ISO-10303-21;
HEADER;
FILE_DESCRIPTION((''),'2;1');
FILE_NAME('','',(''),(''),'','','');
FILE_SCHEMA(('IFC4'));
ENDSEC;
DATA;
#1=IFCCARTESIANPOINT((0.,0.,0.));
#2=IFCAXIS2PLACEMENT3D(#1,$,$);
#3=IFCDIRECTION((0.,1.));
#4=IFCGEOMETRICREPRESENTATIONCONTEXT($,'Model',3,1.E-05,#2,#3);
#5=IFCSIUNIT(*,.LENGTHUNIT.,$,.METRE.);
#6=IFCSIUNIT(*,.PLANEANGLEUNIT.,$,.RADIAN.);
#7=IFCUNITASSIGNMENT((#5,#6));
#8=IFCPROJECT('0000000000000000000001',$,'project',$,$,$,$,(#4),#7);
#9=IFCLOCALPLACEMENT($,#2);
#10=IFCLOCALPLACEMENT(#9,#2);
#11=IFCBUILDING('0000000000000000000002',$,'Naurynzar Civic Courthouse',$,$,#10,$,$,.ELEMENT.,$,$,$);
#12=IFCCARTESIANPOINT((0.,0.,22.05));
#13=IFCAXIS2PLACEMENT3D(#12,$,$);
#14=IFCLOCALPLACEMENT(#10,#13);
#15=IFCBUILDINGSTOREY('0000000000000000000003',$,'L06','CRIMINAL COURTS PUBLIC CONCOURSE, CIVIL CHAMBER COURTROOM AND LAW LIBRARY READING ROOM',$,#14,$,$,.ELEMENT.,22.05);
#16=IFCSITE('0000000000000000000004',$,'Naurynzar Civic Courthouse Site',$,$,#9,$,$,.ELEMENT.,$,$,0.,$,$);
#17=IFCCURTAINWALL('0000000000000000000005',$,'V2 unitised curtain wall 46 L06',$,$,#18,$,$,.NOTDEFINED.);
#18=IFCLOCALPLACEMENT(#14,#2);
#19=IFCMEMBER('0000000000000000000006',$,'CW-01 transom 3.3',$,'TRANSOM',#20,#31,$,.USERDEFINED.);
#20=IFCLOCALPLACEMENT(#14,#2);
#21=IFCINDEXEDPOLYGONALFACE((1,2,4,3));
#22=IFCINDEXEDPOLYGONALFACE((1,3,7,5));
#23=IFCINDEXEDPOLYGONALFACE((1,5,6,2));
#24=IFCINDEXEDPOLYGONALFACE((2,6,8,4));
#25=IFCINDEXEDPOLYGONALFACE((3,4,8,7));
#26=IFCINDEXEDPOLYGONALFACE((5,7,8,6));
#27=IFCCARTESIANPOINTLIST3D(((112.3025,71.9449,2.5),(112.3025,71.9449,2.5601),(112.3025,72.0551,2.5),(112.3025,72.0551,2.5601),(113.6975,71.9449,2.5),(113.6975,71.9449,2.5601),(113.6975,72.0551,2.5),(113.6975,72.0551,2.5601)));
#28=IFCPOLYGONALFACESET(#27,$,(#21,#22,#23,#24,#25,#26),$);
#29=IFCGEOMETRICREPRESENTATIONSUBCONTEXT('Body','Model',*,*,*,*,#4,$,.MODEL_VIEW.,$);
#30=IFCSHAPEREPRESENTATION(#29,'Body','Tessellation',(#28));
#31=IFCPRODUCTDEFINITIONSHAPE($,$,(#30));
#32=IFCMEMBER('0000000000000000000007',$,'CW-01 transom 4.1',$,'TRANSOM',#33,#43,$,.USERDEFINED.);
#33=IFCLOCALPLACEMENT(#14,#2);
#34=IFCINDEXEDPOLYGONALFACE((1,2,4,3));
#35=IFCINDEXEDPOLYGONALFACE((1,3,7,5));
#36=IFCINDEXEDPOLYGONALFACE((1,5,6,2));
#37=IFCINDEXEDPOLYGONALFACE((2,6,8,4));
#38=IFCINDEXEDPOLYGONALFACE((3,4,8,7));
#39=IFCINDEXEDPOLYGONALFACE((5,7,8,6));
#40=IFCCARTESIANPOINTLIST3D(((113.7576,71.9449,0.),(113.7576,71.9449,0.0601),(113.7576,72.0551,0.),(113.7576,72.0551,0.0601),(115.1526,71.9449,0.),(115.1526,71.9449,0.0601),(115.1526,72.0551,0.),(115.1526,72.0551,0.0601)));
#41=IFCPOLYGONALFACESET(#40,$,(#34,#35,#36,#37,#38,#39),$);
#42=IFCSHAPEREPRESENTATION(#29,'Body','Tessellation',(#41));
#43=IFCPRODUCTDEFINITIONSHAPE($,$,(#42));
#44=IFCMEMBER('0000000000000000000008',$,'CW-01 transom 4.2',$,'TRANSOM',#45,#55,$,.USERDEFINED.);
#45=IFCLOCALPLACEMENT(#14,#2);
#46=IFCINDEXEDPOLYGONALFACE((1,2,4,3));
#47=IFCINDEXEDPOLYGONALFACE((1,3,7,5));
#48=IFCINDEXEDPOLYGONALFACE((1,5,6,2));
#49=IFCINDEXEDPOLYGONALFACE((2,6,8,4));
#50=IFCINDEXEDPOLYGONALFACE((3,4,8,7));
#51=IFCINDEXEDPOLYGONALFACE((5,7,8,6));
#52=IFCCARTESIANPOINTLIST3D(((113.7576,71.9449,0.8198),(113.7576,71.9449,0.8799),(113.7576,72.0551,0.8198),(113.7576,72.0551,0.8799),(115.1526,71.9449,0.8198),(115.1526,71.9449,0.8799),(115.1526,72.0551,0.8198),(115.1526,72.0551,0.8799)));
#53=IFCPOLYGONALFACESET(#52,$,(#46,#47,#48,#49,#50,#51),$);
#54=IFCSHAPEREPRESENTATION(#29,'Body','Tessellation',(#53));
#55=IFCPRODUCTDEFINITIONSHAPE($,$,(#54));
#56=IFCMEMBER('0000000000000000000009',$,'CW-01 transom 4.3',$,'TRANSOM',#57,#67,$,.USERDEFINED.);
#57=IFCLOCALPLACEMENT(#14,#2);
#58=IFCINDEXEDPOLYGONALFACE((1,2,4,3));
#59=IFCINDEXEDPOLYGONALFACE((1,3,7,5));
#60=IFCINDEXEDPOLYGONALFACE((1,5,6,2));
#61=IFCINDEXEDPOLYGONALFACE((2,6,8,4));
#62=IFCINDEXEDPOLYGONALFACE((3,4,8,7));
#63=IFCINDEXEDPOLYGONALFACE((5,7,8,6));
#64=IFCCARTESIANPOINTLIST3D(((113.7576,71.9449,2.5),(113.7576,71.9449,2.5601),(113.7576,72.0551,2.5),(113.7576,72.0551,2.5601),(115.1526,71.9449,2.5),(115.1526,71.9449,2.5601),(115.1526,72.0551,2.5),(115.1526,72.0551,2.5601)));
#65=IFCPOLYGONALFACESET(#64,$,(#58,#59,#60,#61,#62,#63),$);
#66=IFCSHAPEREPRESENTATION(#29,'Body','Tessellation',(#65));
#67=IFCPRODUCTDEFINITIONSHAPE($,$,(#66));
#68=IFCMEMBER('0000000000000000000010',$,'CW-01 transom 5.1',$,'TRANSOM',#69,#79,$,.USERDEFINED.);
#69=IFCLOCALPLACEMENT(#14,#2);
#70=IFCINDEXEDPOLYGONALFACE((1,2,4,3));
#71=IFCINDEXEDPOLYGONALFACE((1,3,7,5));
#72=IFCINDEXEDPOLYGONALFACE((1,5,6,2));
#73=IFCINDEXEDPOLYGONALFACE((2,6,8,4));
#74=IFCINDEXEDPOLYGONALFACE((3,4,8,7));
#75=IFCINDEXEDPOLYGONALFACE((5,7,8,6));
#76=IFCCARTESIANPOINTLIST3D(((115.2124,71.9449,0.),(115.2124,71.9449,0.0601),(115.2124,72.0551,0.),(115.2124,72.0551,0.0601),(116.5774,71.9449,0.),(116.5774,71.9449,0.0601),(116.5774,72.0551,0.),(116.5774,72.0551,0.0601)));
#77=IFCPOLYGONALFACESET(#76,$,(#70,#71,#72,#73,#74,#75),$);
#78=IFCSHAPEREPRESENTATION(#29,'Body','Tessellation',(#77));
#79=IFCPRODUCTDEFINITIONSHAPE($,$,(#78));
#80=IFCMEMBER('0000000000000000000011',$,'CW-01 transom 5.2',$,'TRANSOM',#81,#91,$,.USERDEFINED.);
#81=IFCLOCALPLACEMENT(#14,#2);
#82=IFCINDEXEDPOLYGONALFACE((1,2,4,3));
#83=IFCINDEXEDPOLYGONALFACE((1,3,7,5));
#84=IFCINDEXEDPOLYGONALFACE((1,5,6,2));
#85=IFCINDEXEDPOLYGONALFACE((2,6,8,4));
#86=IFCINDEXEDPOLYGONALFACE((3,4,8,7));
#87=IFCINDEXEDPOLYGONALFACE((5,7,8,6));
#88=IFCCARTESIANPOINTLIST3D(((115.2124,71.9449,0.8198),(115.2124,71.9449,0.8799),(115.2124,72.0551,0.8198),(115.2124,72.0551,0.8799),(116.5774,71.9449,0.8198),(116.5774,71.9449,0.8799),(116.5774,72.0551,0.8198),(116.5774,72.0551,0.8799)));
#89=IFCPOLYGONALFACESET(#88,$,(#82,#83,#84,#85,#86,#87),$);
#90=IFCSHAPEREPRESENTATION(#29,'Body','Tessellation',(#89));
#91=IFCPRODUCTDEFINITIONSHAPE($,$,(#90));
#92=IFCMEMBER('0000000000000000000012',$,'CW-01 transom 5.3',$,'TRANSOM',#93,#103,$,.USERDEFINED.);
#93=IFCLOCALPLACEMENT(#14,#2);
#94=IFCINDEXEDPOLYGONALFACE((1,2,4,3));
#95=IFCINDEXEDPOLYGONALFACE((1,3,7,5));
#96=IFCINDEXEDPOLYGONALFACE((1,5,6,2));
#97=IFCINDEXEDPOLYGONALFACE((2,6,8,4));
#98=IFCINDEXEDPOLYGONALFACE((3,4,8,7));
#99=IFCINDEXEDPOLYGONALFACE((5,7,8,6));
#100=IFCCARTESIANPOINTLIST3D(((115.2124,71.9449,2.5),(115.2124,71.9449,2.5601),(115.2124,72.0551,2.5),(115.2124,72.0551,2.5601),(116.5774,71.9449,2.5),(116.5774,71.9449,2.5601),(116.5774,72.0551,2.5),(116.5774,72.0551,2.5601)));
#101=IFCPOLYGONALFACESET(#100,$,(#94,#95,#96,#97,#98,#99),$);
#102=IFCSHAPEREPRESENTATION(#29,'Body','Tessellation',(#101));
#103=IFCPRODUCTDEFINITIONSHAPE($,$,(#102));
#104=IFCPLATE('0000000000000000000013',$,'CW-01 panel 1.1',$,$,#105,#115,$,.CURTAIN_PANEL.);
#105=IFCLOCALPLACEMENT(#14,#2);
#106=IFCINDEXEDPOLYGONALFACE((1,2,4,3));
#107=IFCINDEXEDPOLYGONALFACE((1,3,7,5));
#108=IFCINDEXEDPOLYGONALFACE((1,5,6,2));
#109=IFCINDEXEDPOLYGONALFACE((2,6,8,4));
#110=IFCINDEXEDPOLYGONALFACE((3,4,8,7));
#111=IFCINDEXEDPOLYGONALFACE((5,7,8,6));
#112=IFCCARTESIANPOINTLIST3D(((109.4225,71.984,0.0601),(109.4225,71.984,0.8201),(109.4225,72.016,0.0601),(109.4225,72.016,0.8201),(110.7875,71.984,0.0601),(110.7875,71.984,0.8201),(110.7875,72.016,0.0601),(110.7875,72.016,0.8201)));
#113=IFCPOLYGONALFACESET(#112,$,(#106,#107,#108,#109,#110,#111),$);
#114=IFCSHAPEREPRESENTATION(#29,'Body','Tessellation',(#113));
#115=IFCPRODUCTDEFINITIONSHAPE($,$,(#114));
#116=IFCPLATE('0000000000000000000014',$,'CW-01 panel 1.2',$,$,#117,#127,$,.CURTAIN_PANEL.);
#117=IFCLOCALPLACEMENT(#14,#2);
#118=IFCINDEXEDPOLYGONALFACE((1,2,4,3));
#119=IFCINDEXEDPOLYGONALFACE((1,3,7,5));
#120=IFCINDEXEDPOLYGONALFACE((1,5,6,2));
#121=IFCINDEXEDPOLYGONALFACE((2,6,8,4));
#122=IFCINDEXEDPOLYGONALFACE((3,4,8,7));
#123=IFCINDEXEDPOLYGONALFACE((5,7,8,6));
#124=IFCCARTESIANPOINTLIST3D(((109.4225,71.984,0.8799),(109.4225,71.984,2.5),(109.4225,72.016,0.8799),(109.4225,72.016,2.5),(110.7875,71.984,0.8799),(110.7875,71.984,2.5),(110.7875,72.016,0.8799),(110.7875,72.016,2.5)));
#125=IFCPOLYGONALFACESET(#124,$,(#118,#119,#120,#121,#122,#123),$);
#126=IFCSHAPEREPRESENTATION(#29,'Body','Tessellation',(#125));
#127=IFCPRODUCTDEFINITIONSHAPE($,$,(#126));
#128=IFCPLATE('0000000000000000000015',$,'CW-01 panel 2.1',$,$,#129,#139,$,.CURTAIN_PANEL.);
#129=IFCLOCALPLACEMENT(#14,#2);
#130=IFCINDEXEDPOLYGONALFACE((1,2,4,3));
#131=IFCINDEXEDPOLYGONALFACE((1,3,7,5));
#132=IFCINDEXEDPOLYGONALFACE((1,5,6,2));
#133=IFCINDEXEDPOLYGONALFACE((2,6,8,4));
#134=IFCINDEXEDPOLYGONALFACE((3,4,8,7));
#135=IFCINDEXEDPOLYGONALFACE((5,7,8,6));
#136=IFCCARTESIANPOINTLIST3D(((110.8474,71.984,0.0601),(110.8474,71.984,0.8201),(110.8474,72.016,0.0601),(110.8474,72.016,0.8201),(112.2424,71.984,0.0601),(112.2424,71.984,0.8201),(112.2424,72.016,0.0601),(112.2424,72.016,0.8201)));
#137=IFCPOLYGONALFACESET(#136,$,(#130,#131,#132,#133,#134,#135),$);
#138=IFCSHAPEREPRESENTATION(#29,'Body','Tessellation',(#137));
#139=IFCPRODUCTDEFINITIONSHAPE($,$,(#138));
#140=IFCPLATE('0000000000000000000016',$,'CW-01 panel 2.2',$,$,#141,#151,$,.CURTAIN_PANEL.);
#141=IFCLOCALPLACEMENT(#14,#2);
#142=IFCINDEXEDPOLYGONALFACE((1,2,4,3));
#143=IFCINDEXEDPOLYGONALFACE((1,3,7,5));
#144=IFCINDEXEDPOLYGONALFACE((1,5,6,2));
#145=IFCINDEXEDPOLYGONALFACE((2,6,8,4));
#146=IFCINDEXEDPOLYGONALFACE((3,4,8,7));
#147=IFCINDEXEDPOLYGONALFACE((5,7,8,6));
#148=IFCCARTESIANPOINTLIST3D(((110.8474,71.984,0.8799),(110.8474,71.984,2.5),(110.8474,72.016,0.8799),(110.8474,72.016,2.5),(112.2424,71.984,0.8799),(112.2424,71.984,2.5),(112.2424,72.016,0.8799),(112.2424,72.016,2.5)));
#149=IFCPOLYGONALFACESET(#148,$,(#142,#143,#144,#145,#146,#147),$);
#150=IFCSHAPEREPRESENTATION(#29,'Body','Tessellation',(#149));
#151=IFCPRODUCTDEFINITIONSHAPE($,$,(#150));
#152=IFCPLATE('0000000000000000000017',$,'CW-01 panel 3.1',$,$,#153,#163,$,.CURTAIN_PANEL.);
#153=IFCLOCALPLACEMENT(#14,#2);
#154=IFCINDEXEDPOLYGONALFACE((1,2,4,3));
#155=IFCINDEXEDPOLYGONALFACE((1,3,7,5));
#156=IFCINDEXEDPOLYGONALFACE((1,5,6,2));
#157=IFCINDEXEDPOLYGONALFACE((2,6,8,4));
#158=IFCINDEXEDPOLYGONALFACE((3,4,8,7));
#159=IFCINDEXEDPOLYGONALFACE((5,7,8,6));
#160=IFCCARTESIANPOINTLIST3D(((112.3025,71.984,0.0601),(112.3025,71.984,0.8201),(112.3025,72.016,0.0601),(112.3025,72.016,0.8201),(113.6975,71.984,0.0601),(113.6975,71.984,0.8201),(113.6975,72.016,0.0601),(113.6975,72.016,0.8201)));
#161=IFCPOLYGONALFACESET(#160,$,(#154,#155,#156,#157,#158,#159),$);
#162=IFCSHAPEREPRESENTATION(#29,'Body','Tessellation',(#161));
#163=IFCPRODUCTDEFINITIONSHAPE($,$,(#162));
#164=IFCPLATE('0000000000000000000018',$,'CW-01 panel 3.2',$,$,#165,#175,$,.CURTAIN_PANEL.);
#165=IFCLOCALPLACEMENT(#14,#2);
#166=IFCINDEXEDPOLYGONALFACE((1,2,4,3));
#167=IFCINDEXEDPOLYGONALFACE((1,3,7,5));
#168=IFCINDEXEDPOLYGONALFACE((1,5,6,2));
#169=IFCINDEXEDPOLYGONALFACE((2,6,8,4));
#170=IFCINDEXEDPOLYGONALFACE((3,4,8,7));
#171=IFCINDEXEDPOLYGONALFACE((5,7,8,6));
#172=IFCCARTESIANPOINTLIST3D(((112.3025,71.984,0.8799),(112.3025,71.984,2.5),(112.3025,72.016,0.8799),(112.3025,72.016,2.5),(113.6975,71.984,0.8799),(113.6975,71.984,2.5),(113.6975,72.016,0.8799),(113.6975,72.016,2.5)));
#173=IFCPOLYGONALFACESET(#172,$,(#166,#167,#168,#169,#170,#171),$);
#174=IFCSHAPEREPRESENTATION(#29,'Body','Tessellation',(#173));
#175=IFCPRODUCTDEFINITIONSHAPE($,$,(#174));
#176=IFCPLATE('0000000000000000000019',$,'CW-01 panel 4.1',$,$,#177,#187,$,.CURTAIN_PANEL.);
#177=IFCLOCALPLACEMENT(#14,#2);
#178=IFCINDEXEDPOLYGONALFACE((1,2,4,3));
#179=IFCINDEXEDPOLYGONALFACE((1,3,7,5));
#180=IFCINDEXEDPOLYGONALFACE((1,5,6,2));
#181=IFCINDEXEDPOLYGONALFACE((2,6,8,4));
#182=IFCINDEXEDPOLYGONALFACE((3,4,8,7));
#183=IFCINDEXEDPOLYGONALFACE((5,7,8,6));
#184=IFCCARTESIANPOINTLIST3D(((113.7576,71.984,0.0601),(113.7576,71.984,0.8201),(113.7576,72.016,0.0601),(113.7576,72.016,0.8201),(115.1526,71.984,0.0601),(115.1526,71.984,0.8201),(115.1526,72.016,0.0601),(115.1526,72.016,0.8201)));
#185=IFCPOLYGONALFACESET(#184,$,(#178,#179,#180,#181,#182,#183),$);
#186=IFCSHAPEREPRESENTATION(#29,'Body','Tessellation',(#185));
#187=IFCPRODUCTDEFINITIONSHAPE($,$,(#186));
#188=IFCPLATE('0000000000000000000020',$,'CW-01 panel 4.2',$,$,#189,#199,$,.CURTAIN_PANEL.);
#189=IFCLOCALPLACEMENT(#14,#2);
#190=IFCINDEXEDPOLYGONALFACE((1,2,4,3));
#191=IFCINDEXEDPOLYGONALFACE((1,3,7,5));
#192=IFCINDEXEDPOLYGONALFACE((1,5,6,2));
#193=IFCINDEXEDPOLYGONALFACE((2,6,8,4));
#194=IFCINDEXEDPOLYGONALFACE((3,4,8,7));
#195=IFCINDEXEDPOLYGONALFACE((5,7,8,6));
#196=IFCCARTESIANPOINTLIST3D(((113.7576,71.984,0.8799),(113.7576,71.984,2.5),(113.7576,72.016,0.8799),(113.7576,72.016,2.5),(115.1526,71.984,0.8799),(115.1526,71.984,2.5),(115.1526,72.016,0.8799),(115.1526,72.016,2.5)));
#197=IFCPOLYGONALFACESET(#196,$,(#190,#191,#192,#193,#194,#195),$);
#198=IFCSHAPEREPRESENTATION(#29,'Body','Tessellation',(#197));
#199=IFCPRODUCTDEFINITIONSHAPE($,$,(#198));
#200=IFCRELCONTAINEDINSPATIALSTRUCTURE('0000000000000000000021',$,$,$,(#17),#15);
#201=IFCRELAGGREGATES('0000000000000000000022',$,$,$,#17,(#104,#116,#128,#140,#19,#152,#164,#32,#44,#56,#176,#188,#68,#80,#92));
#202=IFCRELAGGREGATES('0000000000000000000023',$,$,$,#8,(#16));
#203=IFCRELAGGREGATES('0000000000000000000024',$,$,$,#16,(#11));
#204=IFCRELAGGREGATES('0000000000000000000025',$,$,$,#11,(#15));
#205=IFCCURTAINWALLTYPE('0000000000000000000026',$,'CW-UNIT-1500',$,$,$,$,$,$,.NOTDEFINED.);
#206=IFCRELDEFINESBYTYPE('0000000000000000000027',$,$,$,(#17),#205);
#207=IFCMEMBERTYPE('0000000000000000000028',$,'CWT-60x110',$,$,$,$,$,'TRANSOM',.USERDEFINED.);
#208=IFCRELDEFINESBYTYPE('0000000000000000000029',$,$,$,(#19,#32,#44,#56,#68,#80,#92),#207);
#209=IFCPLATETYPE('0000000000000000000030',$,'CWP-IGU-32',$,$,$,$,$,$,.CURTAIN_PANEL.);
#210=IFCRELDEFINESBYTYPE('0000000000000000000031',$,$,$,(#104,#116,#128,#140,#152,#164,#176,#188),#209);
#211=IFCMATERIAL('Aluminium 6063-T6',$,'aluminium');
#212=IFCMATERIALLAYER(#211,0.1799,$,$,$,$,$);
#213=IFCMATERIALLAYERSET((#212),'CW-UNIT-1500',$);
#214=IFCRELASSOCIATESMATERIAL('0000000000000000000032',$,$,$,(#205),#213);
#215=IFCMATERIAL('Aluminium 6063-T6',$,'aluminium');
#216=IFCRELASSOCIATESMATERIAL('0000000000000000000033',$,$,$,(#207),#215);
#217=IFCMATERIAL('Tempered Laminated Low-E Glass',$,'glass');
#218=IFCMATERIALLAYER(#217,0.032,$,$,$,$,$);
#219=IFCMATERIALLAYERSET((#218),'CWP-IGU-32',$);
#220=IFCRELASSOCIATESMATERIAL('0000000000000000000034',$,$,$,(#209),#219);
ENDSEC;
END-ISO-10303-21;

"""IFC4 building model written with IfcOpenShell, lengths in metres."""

from ifc_helpers import new_model, si_unit, direction, frame, origin, origin_2d, place, context, subcontext, project, spatial, rectangle, extrude, material, layer, layer_set, material_profile, profile_set, type_object, element, aggregate, save


model = new_model("IFC4")

# Units and contexts
model_context = context("Model", 3, precision=1e-05, world=origin(), true_north=direction((0.0, 1.0)))
body_context = subcontext(model_context, "Body", "Model", "MODEL_VIEW")
ifc_project = project(units=[si_unit("LENGTHUNIT", "METRE"), si_unit("PLANEANGLEUNIT", "RADIAN")], contexts=[model_context])

# Site, building, storey
site_placement = place(None, origin())
site = spatial("IfcSite", under=ifc_project, at=site_placement, Name="Naurynzar Civic Courthouse Site", CompositionType="ELEMENT", RefElevation=0.0)
building_placement = place(site_placement, origin())
building = spatial("IfcBuilding", under=site, at=building_placement, Name="Naurynzar Civic Courthouse", CompositionType="ELEMENT")
storey_placement = place(building_placement, frame((0.0, 0.0, 22.05)))
storey = spatial("IfcBuildingStorey", under=building, at=storey_placement, Name="L06", Description="CRIMINAL COURTS PUBLIC CONCOURSE, CIVIL CHAMBER COURTROOM AND LAW LIBRARY READING ROOM", CompositionType="ELEMENT", Elevation=22.05)

# Curtain wall, members, plates
ifc_material_1 = material(Name="Aluminium 6063-T6", Category="aluminium")
ifc_layer_1 = layer(ifc_material_1, 0.1799)
ifc_layer_set_1 = layer_set([ifc_layer_1], Name="CW-UNIT-1500")
curtain_wall_type = type_object("IfcCurtainWallType", Name="CW-UNIT-1500", PredefinedType="NOTDEFINED", material=ifc_layer_set_1)
curtain_wall_placement = place(storey_placement, origin())
curtain_wall = element("IfcCurtainWall", 1, at=curtain_wall_placement, inside=storey, type_object=curtain_wall_type, Name="V2 unitised curtain wall 46 L06", PredefinedType="NOTDEFINED")
ifc_material_2 = material(Name="Aluminium 6063-T6", Category="aluminium")
ifc_material_profile_1 = material_profile(ifc_material_2, rectangle(XDim=0.1101, YDim=0.0601, at=origin_2d()), Name="ALU TRANSOM 60x110")
ifc_profile_set_1 = profile_set([ifc_material_profile_1], Name="Aluminium 6063-T6")
member_type_1 = type_object("IfcMemberType", Name="CWT-60x110", ElementType="TRANSOM", PredefinedType="USERDEFINED", material=ifc_profile_set_1)
member_1_placement = place(storey_placement, frame((112.3025, 72.0, 2.53), z_axis=(1.0, 0.0, 0.0), x_axis=(0.0, 1.0, 0.0)))
member_1 = element("IfcMember", 2, at=member_1_placement, type_object=member_type_1, Name="CW-01 transom 3.3", ObjectType="TRANSOM", PredefinedType="USERDEFINED", context=body_context, shape_type="SweptSolid", body=[
    extrude(rectangle(XDim=0.1101, YDim=0.0601, at=origin_2d()), origin(), (0.0, 0.0, 1.0), 1.395),
])
member_2_placement = place(storey_placement, frame((113.7576, 72.0, 0.03), z_axis=(1.0, 0.0, 0.0), x_axis=(0.0, 1.0, 0.0)))
member_2 = element("IfcMember", 3, at=member_2_placement, type_object=member_type_1, Name="CW-01 transom 4.1", ObjectType="TRANSOM", PredefinedType="USERDEFINED", context=body_context, shape_type="SweptSolid", body=[
    extrude(rectangle(XDim=0.1101, YDim=0.0601, at=origin_2d()), origin(), (0.0, 0.0, 1.0), 1.395),
])
member_3_placement = place(storey_placement, frame((113.7576, 72.0, 0.8499), z_axis=(1.0, 0.0, 0.0), x_axis=(0.0, 1.0, 0.0)))
member_3 = element("IfcMember", 4, at=member_3_placement, type_object=member_type_1, Name="CW-01 transom 4.2", ObjectType="TRANSOM", PredefinedType="USERDEFINED", context=body_context, shape_type="SweptSolid", body=[
    extrude(rectangle(XDim=0.1101, YDim=0.0601, at=origin_2d()), origin(), (0.0, 0.0, 1.0), 1.395),
])
member_4_placement = place(storey_placement, frame((113.7576, 72.0, 2.53), z_axis=(1.0, 0.0, 0.0), x_axis=(0.0, 1.0, 0.0)))
member_4 = element("IfcMember", 5, at=member_4_placement, type_object=member_type_1, Name="CW-01 transom 4.3", ObjectType="TRANSOM", PredefinedType="USERDEFINED", context=body_context, shape_type="SweptSolid", body=[
    extrude(rectangle(XDim=0.1101, YDim=0.0601, at=origin_2d()), origin(), (0.0, 0.0, 1.0), 1.395),
])
member_5_placement = place(storey_placement, frame((115.2124, 72.0, 0.03), z_axis=(1.0, 0.0, 0.0), x_axis=(0.0, 1.0, 0.0)))
member_5 = element("IfcMember", 6, at=member_5_placement, type_object=member_type_1, Name="CW-01 transom 5.1", ObjectType="TRANSOM", PredefinedType="USERDEFINED", context=body_context, shape_type="SweptSolid", body=[
    extrude(rectangle(XDim=0.1101, YDim=0.0601, at=origin_2d()), origin(), (0.0, 0.0, 1.0), 1.365),
])
member_6_placement = place(storey_placement, frame((115.2124, 72.0, 0.8499), z_axis=(1.0, 0.0, 0.0), x_axis=(0.0, 1.0, 0.0)))
member_6 = element("IfcMember", 7, at=member_6_placement, type_object=member_type_1, Name="CW-01 transom 5.2", ObjectType="TRANSOM", PredefinedType="USERDEFINED", context=body_context, shape_type="SweptSolid", body=[
    extrude(rectangle(XDim=0.1101, YDim=0.0601, at=origin_2d()), origin(), (0.0, 0.0, 1.0), 1.365),
])
member_7_placement = place(storey_placement, frame((115.2124, 72.0, 2.53), z_axis=(1.0, 0.0, 0.0), x_axis=(0.0, 1.0, 0.0)))
member_7 = element("IfcMember", 8, at=member_7_placement, type_object=member_type_1, Name="CW-01 transom 5.3", ObjectType="TRANSOM", PredefinedType="USERDEFINED", context=body_context, shape_type="SweptSolid", body=[
    extrude(rectangle(XDim=0.1101, YDim=0.0601, at=origin_2d()), origin(), (0.0, 0.0, 1.0), 1.365),
])
ifc_material_3 = material(Name="Tempered Laminated Low-E Glass", Category="glass")
ifc_layer_2 = layer(ifc_material_3, 0.032)
ifc_layer_set_2 = layer_set([ifc_layer_2], Name="CWP-IGU-32")
plate_type = type_object("IfcPlateType", Name="CWP-IGU-32", PredefinedType="CURTAIN_PANEL", material=ifc_layer_set_2)
plate_1_placement = place(storey_placement, frame((110.105, 72.0, 0.0601), z_axis=(0.0, 0.0, 1.0), x_axis=(1.0, 0.0, 0.0)))
plate_1 = element("IfcPlate", 9, at=plate_1_placement, type_object=plate_type, Name="CW-01 panel 1.1", PredefinedType="CURTAIN_PANEL", context=body_context, shape_type="SweptSolid", body=[
    extrude(rectangle(XDim=1.365, YDim=0.032, at=origin_2d()), origin(), (0.0, 0.0, 1.0), 0.76),
])
plate_2_placement = place(storey_placement, frame((110.105, 72.0, 0.8799), z_axis=(0.0, 0.0, 1.0), x_axis=(1.0, 0.0, 0.0)))
plate_2 = element("IfcPlate", 10, at=plate_2_placement, type_object=plate_type, Name="CW-01 panel 1.2", PredefinedType="CURTAIN_PANEL", context=body_context, shape_type="SweptSolid", body=[
    extrude(rectangle(XDim=1.365, YDim=0.032, at=origin_2d()), origin(), (0.0, 0.0, 1.0), 1.6201),
])
plate_3_placement = place(storey_placement, frame((111.5449, 72.0, 0.0601), z_axis=(0.0, 0.0, 1.0), x_axis=(1.0, 0.0, 0.0)))
plate_3 = element("IfcPlate", 11, at=plate_3_placement, type_object=plate_type, Name="CW-01 panel 2.1", PredefinedType="CURTAIN_PANEL", context=body_context, shape_type="SweptSolid", body=[
    extrude(rectangle(XDim=1.395, YDim=0.032, at=origin_2d()), origin(), (0.0, 0.0, 1.0), 0.76),
])
plate_4_placement = place(storey_placement, frame((111.5449, 72.0, 0.8799), z_axis=(0.0, 0.0, 1.0), x_axis=(1.0, 0.0, 0.0)))
plate_4 = element("IfcPlate", 12, at=plate_4_placement, type_object=plate_type, Name="CW-01 panel 2.2", PredefinedType="CURTAIN_PANEL", context=body_context, shape_type="SweptSolid", body=[
    extrude(rectangle(XDim=1.395, YDim=0.032, at=origin_2d()), origin(), (0.0, 0.0, 1.0), 1.6201),
])
plate_5_placement = place(storey_placement, frame((113.0, 72.0, 0.0601), z_axis=(0.0, 0.0, 1.0), x_axis=(1.0, 0.0, 0.0)))
plate_5 = element("IfcPlate", 13, at=plate_5_placement, type_object=plate_type, Name="CW-01 panel 3.1", PredefinedType="CURTAIN_PANEL", context=body_context, shape_type="SweptSolid", body=[
    extrude(rectangle(XDim=1.395, YDim=0.032, at=origin_2d()), origin(), (0.0, 0.0, 1.0), 0.76),
])
plate_6_placement = place(storey_placement, frame((113.0, 72.0, 0.8799), z_axis=(0.0, 0.0, 1.0), x_axis=(1.0, 0.0, 0.0)))
plate_6 = element("IfcPlate", 14, at=plate_6_placement, type_object=plate_type, Name="CW-01 panel 3.2", PredefinedType="CURTAIN_PANEL", context=body_context, shape_type="SweptSolid", body=[
    extrude(rectangle(XDim=1.395, YDim=0.032, at=origin_2d()), origin(), (0.0, 0.0, 1.0), 1.6201),
])
plate_7_placement = place(storey_placement, frame((114.4551, 72.0, 0.0601), z_axis=(0.0, 0.0, 1.0), x_axis=(1.0, 0.0, 0.0)))
plate_7 = element("IfcPlate", 15, at=plate_7_placement, type_object=plate_type, Name="CW-01 panel 4.1", PredefinedType="CURTAIN_PANEL", context=body_context, shape_type="SweptSolid", body=[
    extrude(rectangle(XDim=1.395, YDim=0.032, at=origin_2d()), origin(), (0.0, 0.0, 1.0), 0.76),
])
plate_8_placement = place(storey_placement, frame((114.4551, 72.0, 0.8799), z_axis=(0.0, 0.0, 1.0), x_axis=(1.0, 0.0, 0.0)))
plate_8 = element("IfcPlate", 16, at=plate_8_placement, type_object=plate_type, Name="CW-01 panel 4.2", PredefinedType="CURTAIN_PANEL", context=body_context, shape_type="SweptSolid", body=[
    extrude(rectangle(XDim=1.395, YDim=0.032, at=origin_2d()), origin(), (0.0, 0.0, 1.0), 1.6201),
])
aggregate(curtain_wall, [plate_1, plate_2, plate_3, plate_4, member_1, plate_5, plate_6, member_2, member_3, member_4, plate_7, plate_8, member_5, member_6, member_7])

save(model, "model.ifc")
